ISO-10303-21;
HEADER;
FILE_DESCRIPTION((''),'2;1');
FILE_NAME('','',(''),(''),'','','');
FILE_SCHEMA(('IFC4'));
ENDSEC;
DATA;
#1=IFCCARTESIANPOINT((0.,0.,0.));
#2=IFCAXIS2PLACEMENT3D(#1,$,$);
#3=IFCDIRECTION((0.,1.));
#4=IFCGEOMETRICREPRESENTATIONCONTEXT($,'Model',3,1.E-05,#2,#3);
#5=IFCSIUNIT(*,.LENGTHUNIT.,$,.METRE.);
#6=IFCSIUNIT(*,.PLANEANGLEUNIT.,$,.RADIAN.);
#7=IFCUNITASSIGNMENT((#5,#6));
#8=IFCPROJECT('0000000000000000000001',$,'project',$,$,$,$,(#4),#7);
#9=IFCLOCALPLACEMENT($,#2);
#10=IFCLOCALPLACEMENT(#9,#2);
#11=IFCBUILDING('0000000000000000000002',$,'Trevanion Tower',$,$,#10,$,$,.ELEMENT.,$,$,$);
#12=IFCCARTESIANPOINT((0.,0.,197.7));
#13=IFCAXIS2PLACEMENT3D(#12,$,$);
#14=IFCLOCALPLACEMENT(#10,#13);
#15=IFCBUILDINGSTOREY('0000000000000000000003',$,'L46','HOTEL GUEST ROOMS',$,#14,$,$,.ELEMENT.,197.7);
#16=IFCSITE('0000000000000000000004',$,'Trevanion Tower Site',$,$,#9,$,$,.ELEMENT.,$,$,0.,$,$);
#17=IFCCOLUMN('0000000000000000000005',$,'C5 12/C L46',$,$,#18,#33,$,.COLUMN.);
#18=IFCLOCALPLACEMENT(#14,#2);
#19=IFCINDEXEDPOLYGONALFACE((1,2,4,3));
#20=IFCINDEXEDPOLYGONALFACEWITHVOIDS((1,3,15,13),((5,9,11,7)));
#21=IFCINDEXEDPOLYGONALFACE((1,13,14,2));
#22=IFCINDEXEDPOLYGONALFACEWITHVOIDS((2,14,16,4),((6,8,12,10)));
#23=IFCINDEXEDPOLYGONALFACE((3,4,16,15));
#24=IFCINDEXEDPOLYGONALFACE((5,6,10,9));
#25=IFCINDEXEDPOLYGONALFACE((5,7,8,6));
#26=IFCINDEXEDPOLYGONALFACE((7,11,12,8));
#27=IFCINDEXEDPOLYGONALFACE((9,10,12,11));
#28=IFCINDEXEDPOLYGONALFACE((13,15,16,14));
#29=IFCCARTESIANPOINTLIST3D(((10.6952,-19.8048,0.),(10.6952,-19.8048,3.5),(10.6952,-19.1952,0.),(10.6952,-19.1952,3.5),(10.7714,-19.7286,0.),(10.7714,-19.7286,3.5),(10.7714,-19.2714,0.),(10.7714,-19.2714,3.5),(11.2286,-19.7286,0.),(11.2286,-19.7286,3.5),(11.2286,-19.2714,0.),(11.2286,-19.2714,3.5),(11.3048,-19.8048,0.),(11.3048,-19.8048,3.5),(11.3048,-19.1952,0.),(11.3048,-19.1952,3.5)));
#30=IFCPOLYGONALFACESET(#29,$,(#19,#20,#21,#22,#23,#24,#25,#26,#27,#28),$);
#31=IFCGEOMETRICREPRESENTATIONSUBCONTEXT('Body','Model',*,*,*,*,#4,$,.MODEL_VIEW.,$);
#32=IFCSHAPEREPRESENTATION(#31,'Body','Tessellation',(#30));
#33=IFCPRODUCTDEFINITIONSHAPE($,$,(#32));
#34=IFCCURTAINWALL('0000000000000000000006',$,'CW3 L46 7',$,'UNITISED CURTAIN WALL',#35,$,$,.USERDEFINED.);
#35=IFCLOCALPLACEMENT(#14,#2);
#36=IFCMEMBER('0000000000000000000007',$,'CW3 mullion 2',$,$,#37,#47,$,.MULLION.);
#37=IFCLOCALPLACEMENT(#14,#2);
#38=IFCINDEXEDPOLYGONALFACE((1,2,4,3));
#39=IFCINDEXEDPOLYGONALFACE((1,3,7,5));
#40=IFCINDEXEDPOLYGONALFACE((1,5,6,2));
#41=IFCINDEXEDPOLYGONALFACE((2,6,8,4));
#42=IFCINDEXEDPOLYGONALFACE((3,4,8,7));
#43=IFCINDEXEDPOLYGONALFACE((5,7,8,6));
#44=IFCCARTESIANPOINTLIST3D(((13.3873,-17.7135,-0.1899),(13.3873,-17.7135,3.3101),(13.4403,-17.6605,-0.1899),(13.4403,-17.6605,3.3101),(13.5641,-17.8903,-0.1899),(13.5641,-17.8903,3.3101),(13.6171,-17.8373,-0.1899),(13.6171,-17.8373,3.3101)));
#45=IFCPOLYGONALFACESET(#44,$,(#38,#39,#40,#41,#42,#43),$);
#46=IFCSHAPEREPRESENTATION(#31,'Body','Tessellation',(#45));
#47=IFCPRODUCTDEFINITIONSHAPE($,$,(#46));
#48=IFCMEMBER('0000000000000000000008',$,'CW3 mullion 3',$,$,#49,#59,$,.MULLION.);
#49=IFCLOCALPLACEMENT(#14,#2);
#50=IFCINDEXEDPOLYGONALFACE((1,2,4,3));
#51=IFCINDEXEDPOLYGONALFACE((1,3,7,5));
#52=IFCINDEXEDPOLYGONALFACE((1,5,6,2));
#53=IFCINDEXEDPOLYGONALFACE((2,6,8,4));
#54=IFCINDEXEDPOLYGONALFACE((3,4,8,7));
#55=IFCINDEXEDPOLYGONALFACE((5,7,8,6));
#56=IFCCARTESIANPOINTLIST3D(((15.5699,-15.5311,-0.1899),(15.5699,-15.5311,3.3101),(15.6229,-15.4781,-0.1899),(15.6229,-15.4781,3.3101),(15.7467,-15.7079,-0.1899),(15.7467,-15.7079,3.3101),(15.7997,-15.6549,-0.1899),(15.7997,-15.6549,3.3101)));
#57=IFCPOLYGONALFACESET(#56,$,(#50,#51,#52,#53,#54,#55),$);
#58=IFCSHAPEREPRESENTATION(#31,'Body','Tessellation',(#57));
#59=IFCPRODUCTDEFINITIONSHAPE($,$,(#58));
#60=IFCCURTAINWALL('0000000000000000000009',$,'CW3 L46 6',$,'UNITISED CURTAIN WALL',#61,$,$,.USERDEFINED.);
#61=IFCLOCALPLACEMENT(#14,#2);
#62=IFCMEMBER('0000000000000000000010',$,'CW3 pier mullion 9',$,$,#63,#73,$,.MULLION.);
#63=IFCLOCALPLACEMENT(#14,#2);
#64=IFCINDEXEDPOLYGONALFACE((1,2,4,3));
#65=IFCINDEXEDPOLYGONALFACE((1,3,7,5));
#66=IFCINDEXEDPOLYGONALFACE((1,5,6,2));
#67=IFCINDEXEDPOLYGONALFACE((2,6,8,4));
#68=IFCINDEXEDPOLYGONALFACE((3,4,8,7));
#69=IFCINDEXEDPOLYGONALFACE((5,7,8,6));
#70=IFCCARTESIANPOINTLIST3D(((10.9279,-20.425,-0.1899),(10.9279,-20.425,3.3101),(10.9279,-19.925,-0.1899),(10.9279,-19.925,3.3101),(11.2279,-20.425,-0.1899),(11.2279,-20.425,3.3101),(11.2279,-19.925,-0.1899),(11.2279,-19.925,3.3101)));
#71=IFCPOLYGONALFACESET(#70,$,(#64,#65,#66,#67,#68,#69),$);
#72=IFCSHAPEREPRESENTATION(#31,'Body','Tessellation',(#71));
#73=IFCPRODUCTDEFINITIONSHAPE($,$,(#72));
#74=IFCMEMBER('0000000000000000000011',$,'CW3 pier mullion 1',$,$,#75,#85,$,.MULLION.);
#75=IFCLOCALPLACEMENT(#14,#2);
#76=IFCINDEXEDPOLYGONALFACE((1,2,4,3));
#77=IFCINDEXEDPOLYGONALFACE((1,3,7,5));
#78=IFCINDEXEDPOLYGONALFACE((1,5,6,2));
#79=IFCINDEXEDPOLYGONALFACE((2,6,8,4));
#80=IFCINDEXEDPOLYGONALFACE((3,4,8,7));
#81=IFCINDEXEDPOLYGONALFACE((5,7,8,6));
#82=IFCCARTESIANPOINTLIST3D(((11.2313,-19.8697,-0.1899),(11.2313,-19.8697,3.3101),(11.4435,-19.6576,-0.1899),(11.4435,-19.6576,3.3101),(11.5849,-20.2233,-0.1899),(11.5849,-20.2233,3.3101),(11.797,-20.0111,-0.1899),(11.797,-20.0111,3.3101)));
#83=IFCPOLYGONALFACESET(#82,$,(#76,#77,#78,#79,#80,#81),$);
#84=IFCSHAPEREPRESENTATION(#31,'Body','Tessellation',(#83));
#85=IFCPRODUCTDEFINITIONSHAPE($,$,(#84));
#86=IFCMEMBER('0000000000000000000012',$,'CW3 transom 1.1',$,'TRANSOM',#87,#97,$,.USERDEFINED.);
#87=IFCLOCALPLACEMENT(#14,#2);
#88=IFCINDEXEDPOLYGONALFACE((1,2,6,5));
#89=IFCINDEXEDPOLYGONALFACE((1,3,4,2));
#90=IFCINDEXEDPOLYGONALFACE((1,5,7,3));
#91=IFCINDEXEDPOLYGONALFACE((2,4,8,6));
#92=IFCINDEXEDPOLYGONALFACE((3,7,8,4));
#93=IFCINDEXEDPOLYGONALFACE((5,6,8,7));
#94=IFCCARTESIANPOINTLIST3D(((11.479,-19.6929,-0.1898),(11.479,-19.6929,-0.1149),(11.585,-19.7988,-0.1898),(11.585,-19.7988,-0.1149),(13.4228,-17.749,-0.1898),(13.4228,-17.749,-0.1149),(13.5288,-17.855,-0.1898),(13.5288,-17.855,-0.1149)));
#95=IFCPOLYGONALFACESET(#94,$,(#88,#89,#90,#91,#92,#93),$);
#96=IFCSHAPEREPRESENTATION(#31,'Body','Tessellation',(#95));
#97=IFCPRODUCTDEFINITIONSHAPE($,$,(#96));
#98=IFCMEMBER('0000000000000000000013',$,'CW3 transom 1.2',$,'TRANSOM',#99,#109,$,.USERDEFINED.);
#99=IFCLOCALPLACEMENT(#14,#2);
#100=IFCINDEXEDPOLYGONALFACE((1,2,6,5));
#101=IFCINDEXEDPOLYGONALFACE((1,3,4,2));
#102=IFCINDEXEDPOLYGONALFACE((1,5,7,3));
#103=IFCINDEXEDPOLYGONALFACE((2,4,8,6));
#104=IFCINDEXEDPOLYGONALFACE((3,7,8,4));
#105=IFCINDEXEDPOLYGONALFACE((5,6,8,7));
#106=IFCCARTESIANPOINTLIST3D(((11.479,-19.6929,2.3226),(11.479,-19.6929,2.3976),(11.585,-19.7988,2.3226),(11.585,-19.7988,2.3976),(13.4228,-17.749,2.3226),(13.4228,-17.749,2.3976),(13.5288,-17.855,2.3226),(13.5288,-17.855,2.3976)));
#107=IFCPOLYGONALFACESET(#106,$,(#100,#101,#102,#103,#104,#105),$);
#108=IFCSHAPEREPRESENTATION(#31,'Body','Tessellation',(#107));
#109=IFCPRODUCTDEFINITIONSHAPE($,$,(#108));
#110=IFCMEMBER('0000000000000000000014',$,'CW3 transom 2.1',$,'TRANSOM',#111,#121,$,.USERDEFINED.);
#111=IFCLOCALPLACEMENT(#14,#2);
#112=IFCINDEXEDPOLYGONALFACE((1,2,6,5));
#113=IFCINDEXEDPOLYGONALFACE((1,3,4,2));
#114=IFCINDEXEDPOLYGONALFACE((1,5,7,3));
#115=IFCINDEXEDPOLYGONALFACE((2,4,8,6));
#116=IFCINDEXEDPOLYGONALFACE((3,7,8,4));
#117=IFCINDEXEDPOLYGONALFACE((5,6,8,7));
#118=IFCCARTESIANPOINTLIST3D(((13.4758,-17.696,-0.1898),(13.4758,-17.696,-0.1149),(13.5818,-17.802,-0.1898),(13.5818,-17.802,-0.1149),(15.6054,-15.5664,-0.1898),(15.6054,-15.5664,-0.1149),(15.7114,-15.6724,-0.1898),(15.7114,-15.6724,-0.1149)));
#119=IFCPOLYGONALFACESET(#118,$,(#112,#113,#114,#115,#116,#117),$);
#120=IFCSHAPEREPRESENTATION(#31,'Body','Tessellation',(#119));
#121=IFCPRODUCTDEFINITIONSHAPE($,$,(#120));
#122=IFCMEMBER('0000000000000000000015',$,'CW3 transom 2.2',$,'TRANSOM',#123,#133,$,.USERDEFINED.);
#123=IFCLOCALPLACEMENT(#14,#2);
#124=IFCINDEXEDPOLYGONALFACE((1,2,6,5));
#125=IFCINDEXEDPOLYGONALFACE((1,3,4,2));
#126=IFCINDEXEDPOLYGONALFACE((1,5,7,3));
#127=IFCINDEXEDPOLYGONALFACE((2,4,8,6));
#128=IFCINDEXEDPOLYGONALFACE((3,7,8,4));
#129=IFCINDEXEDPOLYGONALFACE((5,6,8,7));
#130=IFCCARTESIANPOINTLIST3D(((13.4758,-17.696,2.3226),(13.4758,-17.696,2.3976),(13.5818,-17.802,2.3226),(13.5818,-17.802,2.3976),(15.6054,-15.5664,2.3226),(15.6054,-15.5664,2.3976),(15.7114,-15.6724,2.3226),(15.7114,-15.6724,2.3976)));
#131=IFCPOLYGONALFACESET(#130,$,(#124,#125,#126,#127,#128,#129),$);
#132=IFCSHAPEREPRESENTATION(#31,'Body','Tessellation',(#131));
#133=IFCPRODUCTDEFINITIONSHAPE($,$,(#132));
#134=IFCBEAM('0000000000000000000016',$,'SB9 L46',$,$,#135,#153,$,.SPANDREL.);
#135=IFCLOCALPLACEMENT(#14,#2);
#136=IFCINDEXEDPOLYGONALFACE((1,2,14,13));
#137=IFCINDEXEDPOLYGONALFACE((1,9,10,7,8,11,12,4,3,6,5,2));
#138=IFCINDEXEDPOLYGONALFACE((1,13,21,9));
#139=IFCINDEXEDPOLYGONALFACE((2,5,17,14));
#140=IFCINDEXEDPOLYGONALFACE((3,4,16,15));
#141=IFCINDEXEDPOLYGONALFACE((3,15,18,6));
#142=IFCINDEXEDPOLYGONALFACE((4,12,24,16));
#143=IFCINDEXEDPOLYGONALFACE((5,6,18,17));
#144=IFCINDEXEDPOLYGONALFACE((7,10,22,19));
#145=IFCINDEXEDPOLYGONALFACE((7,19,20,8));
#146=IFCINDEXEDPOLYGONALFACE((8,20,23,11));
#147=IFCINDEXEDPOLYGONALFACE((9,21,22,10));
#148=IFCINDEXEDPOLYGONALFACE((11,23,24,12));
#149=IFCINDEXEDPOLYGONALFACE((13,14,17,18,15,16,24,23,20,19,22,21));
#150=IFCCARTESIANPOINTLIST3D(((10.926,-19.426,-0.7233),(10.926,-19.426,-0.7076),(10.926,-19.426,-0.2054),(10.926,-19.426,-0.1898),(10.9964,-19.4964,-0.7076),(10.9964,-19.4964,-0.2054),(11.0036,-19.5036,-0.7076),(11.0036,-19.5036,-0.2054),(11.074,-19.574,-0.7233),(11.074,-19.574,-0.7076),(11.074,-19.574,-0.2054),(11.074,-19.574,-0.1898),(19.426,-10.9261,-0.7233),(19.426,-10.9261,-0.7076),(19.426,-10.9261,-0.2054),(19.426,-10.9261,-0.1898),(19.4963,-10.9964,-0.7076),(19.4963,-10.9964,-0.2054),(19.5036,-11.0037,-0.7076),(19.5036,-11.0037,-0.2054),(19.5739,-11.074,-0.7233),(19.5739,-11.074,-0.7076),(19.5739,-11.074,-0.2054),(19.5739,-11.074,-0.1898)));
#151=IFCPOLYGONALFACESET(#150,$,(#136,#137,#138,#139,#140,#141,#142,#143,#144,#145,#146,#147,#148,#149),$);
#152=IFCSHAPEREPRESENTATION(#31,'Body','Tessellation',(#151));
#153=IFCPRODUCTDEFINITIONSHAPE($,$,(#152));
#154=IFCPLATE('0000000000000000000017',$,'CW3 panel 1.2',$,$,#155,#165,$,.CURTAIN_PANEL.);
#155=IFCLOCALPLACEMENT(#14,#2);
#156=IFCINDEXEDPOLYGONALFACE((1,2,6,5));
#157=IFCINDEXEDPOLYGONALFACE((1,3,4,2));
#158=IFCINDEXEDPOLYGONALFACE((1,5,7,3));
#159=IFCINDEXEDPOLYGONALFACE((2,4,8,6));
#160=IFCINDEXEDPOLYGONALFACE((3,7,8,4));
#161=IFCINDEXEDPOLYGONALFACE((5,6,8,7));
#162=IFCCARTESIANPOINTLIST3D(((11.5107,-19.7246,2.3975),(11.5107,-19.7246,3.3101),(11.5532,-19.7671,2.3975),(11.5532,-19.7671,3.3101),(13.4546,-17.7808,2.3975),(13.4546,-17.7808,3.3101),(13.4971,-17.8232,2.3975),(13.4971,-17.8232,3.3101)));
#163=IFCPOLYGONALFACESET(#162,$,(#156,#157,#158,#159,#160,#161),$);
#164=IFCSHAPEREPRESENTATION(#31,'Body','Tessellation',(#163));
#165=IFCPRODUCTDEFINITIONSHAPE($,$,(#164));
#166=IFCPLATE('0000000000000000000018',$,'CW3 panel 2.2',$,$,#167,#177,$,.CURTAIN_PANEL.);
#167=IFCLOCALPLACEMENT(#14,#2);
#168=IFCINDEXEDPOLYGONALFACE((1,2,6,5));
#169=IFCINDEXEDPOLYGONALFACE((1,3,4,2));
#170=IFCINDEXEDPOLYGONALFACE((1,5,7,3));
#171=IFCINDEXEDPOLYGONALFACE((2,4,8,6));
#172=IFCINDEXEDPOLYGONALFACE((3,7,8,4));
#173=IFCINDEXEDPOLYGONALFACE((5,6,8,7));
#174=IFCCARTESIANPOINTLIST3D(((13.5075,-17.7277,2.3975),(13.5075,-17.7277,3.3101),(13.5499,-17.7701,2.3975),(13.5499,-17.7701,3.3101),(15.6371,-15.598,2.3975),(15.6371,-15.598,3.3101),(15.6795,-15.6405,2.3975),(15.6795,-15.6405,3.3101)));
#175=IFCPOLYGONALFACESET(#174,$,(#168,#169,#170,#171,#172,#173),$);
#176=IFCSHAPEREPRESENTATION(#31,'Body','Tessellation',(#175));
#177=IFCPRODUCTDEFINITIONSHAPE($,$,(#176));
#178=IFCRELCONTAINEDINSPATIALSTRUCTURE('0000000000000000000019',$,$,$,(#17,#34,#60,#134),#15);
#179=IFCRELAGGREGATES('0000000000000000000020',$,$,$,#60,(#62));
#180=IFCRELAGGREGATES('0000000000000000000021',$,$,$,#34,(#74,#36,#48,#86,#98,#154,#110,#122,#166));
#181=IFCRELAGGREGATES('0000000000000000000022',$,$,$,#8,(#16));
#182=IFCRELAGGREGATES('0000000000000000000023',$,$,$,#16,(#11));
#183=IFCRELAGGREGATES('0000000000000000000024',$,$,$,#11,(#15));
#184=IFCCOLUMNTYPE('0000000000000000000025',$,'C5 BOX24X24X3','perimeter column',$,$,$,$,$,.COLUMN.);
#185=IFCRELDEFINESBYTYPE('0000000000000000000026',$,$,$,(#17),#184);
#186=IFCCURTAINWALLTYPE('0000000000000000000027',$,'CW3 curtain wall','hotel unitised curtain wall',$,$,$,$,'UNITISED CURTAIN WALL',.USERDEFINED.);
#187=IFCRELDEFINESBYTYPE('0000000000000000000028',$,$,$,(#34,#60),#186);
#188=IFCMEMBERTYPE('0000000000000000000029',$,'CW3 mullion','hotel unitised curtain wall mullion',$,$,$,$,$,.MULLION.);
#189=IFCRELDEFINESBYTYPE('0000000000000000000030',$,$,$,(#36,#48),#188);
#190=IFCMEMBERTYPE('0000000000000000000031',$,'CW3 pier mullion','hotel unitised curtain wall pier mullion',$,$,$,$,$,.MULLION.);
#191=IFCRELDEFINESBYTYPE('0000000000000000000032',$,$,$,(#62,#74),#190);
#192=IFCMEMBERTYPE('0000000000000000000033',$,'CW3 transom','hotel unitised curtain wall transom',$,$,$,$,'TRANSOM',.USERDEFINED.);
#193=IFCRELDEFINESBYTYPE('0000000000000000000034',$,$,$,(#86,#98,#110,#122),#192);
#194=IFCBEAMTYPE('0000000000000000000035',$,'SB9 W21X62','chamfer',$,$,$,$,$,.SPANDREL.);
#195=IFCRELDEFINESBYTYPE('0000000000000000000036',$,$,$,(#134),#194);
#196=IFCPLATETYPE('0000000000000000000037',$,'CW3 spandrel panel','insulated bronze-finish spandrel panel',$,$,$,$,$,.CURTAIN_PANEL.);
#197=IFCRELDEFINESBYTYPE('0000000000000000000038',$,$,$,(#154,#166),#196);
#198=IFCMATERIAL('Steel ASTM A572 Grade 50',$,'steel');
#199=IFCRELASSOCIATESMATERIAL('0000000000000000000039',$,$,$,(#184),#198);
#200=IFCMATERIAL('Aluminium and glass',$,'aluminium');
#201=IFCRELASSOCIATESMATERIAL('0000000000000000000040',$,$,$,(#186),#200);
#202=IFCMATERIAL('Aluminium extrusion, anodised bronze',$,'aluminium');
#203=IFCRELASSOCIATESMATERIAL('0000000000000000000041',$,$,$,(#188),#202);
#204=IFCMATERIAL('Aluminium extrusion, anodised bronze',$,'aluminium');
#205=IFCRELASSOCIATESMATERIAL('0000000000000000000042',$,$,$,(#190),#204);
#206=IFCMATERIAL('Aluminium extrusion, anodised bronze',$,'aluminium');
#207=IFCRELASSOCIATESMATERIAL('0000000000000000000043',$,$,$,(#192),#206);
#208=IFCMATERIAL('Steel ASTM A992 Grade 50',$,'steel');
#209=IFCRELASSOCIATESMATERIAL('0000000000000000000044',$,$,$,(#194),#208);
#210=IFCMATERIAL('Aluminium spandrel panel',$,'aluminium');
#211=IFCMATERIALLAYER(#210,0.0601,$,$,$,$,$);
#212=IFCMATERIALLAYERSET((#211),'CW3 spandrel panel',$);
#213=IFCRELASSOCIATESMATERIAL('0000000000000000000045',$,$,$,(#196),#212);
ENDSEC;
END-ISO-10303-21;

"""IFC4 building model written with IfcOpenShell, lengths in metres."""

from ifc_helpers import new_model, si_unit, direction, frame, origin, origin_2d, place, context, subcontext, project, spatial, rectangle, hollow_rectangle, i_section, extrude, material, layer, layer_set, material_profile, profile_set, type_object, element, aggregate, save


model = new_model("IFC4")

# Units and contexts
model_context = context("Model", 3, precision=1e-05, world=origin(), true_north=direction((0.0, 1.0)))
body_context = subcontext(model_context, "Body", "Model", "MODEL_VIEW")
ifc_project = project(units=[si_unit("LENGTHUNIT", "METRE"), si_unit("PLANEANGLEUNIT", "RADIAN")], contexts=[model_context])

# Site, building, storey
site_placement = place(None, origin())
site = spatial("IfcSite", under=ifc_project, at=site_placement, Name="Trevanion Tower Site", CompositionType="ELEMENT", RefElevation=0.0)
building_placement = place(site_placement, origin())
building = spatial("IfcBuilding", under=site, at=building_placement, Name="Trevanion Tower", CompositionType="ELEMENT")
storey_placement = place(building_placement, frame((0.0, 0.0, 197.7)))
storey = spatial("IfcBuildingStorey", under=building, at=storey_placement, Name="L46", Description="HOTEL GUEST ROOMS", CompositionType="ELEMENT", Elevation=197.7)

# Column
ifc_material_1 = material(Name="Steel ASTM A572 Grade 50", Category="steel")
ifc_material_profile_1 = material_profile(ifc_material_1, hollow_rectangle(XDim=0.6096, YDim=0.6096, WallThickness=0.0762, at=origin_2d()), Name="BOX24X24X3")
ifc_profile_set_1 = profile_set([ifc_material_profile_1], Name="Steel ASTM A572 Grade 50")
column_type = type_object("IfcColumnType", Name="C5 BOX24X24X3", Description="perimeter column", PredefinedType="COLUMN", material=ifc_profile_set_1)
column_placement = place(storey_placement, frame((11.0, -19.5, 0.0), z_axis=(0.0, 0.0, 1.0), x_axis=(1.0, 0.0, 0.0)))
element("IfcColumn", 1, at=column_placement, inside=storey, type_object=column_type, Name="C5 12/C L46", PredefinedType="COLUMN", context=body_context, shape_type="SweptSolid", body=[
    extrude(hollow_rectangle(XDim=0.6096, YDim=0.6096, WallThickness=0.0762, at=origin_2d()), origin(), (0.0, 0.0, 1.0), 3.5),
])

# Curtain wall, members
ifc_material_2 = material(Name="Aluminium and glass", Category="aluminium")
curtain_wall_type = type_object("IfcCurtainWallType", Name="CW3 curtain wall", Description="hotel unitised curtain wall", ElementType="UNITISED CURTAIN WALL", PredefinedType="USERDEFINED", material=ifc_material_2)
curtain_wall_1_placement = place(storey_placement, origin())
curtain_wall_1 = element("IfcCurtainWall", 2, at=curtain_wall_1_placement, inside=storey, type_object=curtain_wall_type, Name="CW3 L46 7", ObjectType="UNITISED CURTAIN WALL", PredefinedType="USERDEFINED")
ifc_material_3 = material(Name="Aluminium extrusion, anodised bronze", Category="aluminium")
ifc_material_profile_2 = material_profile(ifc_material_3, rectangle(XDim=0.075, YDim=0.25, at=origin_2d()), Name="CW3 mullion")
ifc_profile_set_2 = profile_set([ifc_material_profile_2], Name="Aluminium extrusion, anodised bronze")
member_type_1 = type_object("IfcMemberType", Name="CW3 mullion", Description="hotel unitised curtain wall mullion", PredefinedType="MULLION", material=ifc_profile_set_2)
member_1_placement = place(storey_placement, frame((13.5022, -17.7754, -0.1899), z_axis=(0.0, 0.0, 1.0), x_axis=(0.707107, 0.707107, 0.0)))
member_1 = element("IfcMember", 3, at=member_1_placement, type_object=member_type_1, Name="CW3 mullion 2", PredefinedType="MULLION", context=body_context, shape_type="SweptSolid", body=[
    extrude(rectangle(XDim=0.075, YDim=0.25, at=origin_2d()), origin(), (0.0, 0.0, 1.0), 3.5),
])
member_2_placement = place(storey_placement, frame((15.6848, -15.593, -0.1899), z_axis=(0.0, 0.0, 1.0), x_axis=(0.707107, 0.707107, 0.0)))
member_2 = element("IfcMember", 4, at=member_2_placement, type_object=member_type_1, Name="CW3 mullion 3", PredefinedType="MULLION", context=body_context, shape_type="SweptSolid", body=[
    extrude(rectangle(XDim=0.075, YDim=0.25, at=origin_2d()), origin(), (0.0, 0.0, 1.0), 3.5),
])

# Curtain wall, member
curtain_wall_2_placement = place(storey_placement, origin())
curtain_wall_2 = element("IfcCurtainWall", 5, at=curtain_wall_2_placement, inside=storey, type_object=curtain_wall_type, Name="CW3 L46 6", ObjectType="UNITISED CURTAIN WALL", PredefinedType="USERDEFINED")
ifc_material_4 = material(Name="Aluminium extrusion, anodised bronze", Category="aluminium")
ifc_material_profile_3 = material_profile(ifc_material_4, rectangle(XDim=0.3, YDim=0.5, at=origin_2d()), Name="CW3 pier mullion")
ifc_profile_set_3 = profile_set([ifc_material_profile_3], Name="Aluminium extrusion, anodised bronze")
member_type_2 = type_object("IfcMemberType", Name="CW3 pier mullion", Description="hotel unitised curtain wall pier mullion", PredefinedType="MULLION", material=ifc_profile_set_3)
member_3_placement = place(storey_placement, frame((11.0779, -20.175, -0.1899), z_axis=(0.0, 0.0, 1.0), x_axis=(1.0, 0.0, 0.0)))
member_3 = element("IfcMember", 6, at=member_3_placement, type_object=member_type_2, Name="CW3 pier mullion 9", PredefinedType="MULLION", context=body_context, shape_type="SweptSolid", body=[
    extrude(rectangle(XDim=0.3, YDim=0.5, at=origin_2d()), origin(), (0.0, 0.0, 1.0), 3.5),
])
aggregate(curtain_wall_2, [member_3])

# Members
member_4_placement = place(storey_placement, frame((11.5142, -19.9404, -0.1899), z_axis=(0.0, 0.0, 1.0), x_axis=(0.707107, 0.707107, 0.0)))
member_4 = element("IfcMember", 7, at=member_4_placement, type_object=member_type_2, Name="CW3 pier mullion 1", PredefinedType="MULLION", context=body_context, shape_type="SweptSolid", body=[
    extrude(rectangle(XDim=0.3, YDim=0.5, at=origin_2d()), origin(), (0.0, 0.0, 1.0), 3.5),
])
ifc_material_5 = material(Name="Aluminium extrusion, anodised bronze", Category="aluminium")
ifc_material_profile_4 = material_profile(ifc_material_5, rectangle(XDim=0.1499, YDim=0.075, at=origin_2d()), Name="CW3 transom")
ifc_profile_set_4 = profile_set([ifc_material_profile_4], Name="Aluminium extrusion, anodised bronze")
member_type_3 = type_object("IfcMemberType", Name="CW3 transom", Description="hotel unitised curtain wall transom", ElementType="TRANSOM", PredefinedType="USERDEFINED", material=ifc_profile_set_4)
member_5_placement = place(storey_placement, frame((11.532, -19.7458, -0.1523), z_axis=(0.707107, 0.707107, 0.0), x_axis=(-0.707107, 0.707107, 0.0)))
member_5 = element("IfcMember", 8, at=member_5_placement, type_object=member_type_3, Name="CW3 transom 1.1", ObjectType="TRANSOM", PredefinedType="USERDEFINED", context=body_context, shape_type="SweptSolid", body=[
    extrude(rectangle(XDim=0.1499, YDim=0.075, at=origin_2d()), origin(), (0.0, 0.0, 1.0), 2.749),
])
member_6_placement = place(storey_placement, frame((11.532, -19.7458, 2.3601), z_axis=(0.707107, 0.707107, 0.0), x_axis=(-0.707107, 0.707107, 0.0)))
member_6 = element("IfcMember", 9, at=member_6_placement, type_object=member_type_3, Name="CW3 transom 1.2", ObjectType="TRANSOM", PredefinedType="USERDEFINED", context=body_context, shape_type="SweptSolid", body=[
    extrude(rectangle(XDim=0.1499, YDim=0.075, at=origin_2d()), origin(), (0.0, 0.0, 1.0), 2.749),
])
member_7_placement = place(storey_placement, frame((13.5288, -17.749, -0.1523), z_axis=(0.707107, 0.707107, 0.0), x_axis=(-0.707107, 0.707107, 0.0)))
member_7 = element("IfcMember", 10, at=member_7_placement, type_object=member_type_3, Name="CW3 transom 2.1", ObjectType="TRANSOM", PredefinedType="USERDEFINED", context=body_context, shape_type="SweptSolid", body=[
    extrude(rectangle(XDim=0.1499, YDim=0.075, at=origin_2d()), origin(), (0.0, 0.0, 1.0), 3.0117),
])
member_8_placement = place(storey_placement, frame((13.5288, -17.749, 2.3601), z_axis=(0.707107, 0.707107, 0.0), x_axis=(-0.707107, 0.707107, 0.0)))
member_8 = element("IfcMember", 11, at=member_8_placement, type_object=member_type_3, Name="CW3 transom 2.2", ObjectType="TRANSOM", PredefinedType="USERDEFINED", context=body_context, shape_type="SweptSolid", body=[
    extrude(rectangle(XDim=0.1499, YDim=0.075, at=origin_2d()), origin(), (0.0, 0.0, 1.0), 3.0117),
])

# Beam
ifc_material_6 = material(Name="Steel ASTM A992 Grade 50", Category="steel")
ifc_material_profile_5 = material_profile(ifc_material_6, i_section(OverallWidth=0.2092, OverallDepth=0.5334, WebThickness=0.0103, FlangeThickness=0.0156, at=origin_2d()), Name="W21X62")
ifc_profile_set_5 = profile_set([ifc_material_profile_5], Name="Steel ASTM A992 Grade 50")
beam_type = type_object("IfcBeamType", Name="SB9 W21X62", Description="chamfer", PredefinedType="SPANDREL", material=ifc_profile_set_5)
beam_placement = place(storey_placement, frame((11.0, -19.5, -0.4565), z_axis=(0.707107, 0.707107, 0.0), x_axis=(-0.707107, 0.707107, 0.0)))
element("IfcBeam", 12, at=beam_placement, inside=storey, type_object=beam_type, Name="SB9 L46", PredefinedType="SPANDREL", context=body_context, shape_type="SweptSolid", body=[
    extrude(i_section(OverallWidth=0.2092, OverallDepth=0.5334, WebThickness=0.0103, FlangeThickness=0.0156, at=origin_2d()), origin(), (0.0, 0.0, 1.0), 12.0208),
])

# Plates
ifc_material_7 = material(Name="Aluminium spandrel panel", Category="aluminium")
ifc_layer_1 = layer(ifc_material_7, 0.0601)
ifc_layer_set_1 = layer_set([ifc_layer_1], Name="CW3 spandrel panel")
plate_type_1 = type_object("IfcPlateType", Name="CW3 spandrel panel", Description="insulated bronze-finish spandrel panel", PredefinedType="CURTAIN_PANEL", material=ifc_layer_set_1)
plate_1_placement = place(storey_placement, frame((12.5039, -18.7739, 2.3975), z_axis=(0.0, 0.0, 1.0), x_axis=(0.707107, 0.707107, 0.0)))
plate_1 = element("IfcPlate", 13, at=plate_1_placement, type_object=plate_type_1, Name="CW3 panel 1.2", PredefinedType="CURTAIN_PANEL", context=body_context, shape_type="SweptSolid", body=[
    extrude(rectangle(XDim=2.749, YDim=0.0601, at=origin_2d()), origin(), (0.0, 0.0, 1.0), 0.9126),
])
plate_2_placement = place(storey_placement, frame((14.5935, -16.6841, 2.3975), z_axis=(0.0, 0.0, 1.0), x_axis=(0.707107, 0.707107, 0.0)))
plate_2 = element("IfcPlate", 14, at=plate_2_placement, type_object=plate_type_1, Name="CW3 panel 2.2", PredefinedType="CURTAIN_PANEL", context=body_context, shape_type="SweptSolid", body=[
    extrude(rectangle(XDim=3.0117, YDim=0.0601, at=origin_2d()), origin(), (0.0, 0.0, 1.0), 0.9126),
])
aggregate(curtain_wall_1, [member_4, member_1, member_2, member_5, member_6, plate_1, member_7, member_8, plate_2])

save(model, "model.ifc")
